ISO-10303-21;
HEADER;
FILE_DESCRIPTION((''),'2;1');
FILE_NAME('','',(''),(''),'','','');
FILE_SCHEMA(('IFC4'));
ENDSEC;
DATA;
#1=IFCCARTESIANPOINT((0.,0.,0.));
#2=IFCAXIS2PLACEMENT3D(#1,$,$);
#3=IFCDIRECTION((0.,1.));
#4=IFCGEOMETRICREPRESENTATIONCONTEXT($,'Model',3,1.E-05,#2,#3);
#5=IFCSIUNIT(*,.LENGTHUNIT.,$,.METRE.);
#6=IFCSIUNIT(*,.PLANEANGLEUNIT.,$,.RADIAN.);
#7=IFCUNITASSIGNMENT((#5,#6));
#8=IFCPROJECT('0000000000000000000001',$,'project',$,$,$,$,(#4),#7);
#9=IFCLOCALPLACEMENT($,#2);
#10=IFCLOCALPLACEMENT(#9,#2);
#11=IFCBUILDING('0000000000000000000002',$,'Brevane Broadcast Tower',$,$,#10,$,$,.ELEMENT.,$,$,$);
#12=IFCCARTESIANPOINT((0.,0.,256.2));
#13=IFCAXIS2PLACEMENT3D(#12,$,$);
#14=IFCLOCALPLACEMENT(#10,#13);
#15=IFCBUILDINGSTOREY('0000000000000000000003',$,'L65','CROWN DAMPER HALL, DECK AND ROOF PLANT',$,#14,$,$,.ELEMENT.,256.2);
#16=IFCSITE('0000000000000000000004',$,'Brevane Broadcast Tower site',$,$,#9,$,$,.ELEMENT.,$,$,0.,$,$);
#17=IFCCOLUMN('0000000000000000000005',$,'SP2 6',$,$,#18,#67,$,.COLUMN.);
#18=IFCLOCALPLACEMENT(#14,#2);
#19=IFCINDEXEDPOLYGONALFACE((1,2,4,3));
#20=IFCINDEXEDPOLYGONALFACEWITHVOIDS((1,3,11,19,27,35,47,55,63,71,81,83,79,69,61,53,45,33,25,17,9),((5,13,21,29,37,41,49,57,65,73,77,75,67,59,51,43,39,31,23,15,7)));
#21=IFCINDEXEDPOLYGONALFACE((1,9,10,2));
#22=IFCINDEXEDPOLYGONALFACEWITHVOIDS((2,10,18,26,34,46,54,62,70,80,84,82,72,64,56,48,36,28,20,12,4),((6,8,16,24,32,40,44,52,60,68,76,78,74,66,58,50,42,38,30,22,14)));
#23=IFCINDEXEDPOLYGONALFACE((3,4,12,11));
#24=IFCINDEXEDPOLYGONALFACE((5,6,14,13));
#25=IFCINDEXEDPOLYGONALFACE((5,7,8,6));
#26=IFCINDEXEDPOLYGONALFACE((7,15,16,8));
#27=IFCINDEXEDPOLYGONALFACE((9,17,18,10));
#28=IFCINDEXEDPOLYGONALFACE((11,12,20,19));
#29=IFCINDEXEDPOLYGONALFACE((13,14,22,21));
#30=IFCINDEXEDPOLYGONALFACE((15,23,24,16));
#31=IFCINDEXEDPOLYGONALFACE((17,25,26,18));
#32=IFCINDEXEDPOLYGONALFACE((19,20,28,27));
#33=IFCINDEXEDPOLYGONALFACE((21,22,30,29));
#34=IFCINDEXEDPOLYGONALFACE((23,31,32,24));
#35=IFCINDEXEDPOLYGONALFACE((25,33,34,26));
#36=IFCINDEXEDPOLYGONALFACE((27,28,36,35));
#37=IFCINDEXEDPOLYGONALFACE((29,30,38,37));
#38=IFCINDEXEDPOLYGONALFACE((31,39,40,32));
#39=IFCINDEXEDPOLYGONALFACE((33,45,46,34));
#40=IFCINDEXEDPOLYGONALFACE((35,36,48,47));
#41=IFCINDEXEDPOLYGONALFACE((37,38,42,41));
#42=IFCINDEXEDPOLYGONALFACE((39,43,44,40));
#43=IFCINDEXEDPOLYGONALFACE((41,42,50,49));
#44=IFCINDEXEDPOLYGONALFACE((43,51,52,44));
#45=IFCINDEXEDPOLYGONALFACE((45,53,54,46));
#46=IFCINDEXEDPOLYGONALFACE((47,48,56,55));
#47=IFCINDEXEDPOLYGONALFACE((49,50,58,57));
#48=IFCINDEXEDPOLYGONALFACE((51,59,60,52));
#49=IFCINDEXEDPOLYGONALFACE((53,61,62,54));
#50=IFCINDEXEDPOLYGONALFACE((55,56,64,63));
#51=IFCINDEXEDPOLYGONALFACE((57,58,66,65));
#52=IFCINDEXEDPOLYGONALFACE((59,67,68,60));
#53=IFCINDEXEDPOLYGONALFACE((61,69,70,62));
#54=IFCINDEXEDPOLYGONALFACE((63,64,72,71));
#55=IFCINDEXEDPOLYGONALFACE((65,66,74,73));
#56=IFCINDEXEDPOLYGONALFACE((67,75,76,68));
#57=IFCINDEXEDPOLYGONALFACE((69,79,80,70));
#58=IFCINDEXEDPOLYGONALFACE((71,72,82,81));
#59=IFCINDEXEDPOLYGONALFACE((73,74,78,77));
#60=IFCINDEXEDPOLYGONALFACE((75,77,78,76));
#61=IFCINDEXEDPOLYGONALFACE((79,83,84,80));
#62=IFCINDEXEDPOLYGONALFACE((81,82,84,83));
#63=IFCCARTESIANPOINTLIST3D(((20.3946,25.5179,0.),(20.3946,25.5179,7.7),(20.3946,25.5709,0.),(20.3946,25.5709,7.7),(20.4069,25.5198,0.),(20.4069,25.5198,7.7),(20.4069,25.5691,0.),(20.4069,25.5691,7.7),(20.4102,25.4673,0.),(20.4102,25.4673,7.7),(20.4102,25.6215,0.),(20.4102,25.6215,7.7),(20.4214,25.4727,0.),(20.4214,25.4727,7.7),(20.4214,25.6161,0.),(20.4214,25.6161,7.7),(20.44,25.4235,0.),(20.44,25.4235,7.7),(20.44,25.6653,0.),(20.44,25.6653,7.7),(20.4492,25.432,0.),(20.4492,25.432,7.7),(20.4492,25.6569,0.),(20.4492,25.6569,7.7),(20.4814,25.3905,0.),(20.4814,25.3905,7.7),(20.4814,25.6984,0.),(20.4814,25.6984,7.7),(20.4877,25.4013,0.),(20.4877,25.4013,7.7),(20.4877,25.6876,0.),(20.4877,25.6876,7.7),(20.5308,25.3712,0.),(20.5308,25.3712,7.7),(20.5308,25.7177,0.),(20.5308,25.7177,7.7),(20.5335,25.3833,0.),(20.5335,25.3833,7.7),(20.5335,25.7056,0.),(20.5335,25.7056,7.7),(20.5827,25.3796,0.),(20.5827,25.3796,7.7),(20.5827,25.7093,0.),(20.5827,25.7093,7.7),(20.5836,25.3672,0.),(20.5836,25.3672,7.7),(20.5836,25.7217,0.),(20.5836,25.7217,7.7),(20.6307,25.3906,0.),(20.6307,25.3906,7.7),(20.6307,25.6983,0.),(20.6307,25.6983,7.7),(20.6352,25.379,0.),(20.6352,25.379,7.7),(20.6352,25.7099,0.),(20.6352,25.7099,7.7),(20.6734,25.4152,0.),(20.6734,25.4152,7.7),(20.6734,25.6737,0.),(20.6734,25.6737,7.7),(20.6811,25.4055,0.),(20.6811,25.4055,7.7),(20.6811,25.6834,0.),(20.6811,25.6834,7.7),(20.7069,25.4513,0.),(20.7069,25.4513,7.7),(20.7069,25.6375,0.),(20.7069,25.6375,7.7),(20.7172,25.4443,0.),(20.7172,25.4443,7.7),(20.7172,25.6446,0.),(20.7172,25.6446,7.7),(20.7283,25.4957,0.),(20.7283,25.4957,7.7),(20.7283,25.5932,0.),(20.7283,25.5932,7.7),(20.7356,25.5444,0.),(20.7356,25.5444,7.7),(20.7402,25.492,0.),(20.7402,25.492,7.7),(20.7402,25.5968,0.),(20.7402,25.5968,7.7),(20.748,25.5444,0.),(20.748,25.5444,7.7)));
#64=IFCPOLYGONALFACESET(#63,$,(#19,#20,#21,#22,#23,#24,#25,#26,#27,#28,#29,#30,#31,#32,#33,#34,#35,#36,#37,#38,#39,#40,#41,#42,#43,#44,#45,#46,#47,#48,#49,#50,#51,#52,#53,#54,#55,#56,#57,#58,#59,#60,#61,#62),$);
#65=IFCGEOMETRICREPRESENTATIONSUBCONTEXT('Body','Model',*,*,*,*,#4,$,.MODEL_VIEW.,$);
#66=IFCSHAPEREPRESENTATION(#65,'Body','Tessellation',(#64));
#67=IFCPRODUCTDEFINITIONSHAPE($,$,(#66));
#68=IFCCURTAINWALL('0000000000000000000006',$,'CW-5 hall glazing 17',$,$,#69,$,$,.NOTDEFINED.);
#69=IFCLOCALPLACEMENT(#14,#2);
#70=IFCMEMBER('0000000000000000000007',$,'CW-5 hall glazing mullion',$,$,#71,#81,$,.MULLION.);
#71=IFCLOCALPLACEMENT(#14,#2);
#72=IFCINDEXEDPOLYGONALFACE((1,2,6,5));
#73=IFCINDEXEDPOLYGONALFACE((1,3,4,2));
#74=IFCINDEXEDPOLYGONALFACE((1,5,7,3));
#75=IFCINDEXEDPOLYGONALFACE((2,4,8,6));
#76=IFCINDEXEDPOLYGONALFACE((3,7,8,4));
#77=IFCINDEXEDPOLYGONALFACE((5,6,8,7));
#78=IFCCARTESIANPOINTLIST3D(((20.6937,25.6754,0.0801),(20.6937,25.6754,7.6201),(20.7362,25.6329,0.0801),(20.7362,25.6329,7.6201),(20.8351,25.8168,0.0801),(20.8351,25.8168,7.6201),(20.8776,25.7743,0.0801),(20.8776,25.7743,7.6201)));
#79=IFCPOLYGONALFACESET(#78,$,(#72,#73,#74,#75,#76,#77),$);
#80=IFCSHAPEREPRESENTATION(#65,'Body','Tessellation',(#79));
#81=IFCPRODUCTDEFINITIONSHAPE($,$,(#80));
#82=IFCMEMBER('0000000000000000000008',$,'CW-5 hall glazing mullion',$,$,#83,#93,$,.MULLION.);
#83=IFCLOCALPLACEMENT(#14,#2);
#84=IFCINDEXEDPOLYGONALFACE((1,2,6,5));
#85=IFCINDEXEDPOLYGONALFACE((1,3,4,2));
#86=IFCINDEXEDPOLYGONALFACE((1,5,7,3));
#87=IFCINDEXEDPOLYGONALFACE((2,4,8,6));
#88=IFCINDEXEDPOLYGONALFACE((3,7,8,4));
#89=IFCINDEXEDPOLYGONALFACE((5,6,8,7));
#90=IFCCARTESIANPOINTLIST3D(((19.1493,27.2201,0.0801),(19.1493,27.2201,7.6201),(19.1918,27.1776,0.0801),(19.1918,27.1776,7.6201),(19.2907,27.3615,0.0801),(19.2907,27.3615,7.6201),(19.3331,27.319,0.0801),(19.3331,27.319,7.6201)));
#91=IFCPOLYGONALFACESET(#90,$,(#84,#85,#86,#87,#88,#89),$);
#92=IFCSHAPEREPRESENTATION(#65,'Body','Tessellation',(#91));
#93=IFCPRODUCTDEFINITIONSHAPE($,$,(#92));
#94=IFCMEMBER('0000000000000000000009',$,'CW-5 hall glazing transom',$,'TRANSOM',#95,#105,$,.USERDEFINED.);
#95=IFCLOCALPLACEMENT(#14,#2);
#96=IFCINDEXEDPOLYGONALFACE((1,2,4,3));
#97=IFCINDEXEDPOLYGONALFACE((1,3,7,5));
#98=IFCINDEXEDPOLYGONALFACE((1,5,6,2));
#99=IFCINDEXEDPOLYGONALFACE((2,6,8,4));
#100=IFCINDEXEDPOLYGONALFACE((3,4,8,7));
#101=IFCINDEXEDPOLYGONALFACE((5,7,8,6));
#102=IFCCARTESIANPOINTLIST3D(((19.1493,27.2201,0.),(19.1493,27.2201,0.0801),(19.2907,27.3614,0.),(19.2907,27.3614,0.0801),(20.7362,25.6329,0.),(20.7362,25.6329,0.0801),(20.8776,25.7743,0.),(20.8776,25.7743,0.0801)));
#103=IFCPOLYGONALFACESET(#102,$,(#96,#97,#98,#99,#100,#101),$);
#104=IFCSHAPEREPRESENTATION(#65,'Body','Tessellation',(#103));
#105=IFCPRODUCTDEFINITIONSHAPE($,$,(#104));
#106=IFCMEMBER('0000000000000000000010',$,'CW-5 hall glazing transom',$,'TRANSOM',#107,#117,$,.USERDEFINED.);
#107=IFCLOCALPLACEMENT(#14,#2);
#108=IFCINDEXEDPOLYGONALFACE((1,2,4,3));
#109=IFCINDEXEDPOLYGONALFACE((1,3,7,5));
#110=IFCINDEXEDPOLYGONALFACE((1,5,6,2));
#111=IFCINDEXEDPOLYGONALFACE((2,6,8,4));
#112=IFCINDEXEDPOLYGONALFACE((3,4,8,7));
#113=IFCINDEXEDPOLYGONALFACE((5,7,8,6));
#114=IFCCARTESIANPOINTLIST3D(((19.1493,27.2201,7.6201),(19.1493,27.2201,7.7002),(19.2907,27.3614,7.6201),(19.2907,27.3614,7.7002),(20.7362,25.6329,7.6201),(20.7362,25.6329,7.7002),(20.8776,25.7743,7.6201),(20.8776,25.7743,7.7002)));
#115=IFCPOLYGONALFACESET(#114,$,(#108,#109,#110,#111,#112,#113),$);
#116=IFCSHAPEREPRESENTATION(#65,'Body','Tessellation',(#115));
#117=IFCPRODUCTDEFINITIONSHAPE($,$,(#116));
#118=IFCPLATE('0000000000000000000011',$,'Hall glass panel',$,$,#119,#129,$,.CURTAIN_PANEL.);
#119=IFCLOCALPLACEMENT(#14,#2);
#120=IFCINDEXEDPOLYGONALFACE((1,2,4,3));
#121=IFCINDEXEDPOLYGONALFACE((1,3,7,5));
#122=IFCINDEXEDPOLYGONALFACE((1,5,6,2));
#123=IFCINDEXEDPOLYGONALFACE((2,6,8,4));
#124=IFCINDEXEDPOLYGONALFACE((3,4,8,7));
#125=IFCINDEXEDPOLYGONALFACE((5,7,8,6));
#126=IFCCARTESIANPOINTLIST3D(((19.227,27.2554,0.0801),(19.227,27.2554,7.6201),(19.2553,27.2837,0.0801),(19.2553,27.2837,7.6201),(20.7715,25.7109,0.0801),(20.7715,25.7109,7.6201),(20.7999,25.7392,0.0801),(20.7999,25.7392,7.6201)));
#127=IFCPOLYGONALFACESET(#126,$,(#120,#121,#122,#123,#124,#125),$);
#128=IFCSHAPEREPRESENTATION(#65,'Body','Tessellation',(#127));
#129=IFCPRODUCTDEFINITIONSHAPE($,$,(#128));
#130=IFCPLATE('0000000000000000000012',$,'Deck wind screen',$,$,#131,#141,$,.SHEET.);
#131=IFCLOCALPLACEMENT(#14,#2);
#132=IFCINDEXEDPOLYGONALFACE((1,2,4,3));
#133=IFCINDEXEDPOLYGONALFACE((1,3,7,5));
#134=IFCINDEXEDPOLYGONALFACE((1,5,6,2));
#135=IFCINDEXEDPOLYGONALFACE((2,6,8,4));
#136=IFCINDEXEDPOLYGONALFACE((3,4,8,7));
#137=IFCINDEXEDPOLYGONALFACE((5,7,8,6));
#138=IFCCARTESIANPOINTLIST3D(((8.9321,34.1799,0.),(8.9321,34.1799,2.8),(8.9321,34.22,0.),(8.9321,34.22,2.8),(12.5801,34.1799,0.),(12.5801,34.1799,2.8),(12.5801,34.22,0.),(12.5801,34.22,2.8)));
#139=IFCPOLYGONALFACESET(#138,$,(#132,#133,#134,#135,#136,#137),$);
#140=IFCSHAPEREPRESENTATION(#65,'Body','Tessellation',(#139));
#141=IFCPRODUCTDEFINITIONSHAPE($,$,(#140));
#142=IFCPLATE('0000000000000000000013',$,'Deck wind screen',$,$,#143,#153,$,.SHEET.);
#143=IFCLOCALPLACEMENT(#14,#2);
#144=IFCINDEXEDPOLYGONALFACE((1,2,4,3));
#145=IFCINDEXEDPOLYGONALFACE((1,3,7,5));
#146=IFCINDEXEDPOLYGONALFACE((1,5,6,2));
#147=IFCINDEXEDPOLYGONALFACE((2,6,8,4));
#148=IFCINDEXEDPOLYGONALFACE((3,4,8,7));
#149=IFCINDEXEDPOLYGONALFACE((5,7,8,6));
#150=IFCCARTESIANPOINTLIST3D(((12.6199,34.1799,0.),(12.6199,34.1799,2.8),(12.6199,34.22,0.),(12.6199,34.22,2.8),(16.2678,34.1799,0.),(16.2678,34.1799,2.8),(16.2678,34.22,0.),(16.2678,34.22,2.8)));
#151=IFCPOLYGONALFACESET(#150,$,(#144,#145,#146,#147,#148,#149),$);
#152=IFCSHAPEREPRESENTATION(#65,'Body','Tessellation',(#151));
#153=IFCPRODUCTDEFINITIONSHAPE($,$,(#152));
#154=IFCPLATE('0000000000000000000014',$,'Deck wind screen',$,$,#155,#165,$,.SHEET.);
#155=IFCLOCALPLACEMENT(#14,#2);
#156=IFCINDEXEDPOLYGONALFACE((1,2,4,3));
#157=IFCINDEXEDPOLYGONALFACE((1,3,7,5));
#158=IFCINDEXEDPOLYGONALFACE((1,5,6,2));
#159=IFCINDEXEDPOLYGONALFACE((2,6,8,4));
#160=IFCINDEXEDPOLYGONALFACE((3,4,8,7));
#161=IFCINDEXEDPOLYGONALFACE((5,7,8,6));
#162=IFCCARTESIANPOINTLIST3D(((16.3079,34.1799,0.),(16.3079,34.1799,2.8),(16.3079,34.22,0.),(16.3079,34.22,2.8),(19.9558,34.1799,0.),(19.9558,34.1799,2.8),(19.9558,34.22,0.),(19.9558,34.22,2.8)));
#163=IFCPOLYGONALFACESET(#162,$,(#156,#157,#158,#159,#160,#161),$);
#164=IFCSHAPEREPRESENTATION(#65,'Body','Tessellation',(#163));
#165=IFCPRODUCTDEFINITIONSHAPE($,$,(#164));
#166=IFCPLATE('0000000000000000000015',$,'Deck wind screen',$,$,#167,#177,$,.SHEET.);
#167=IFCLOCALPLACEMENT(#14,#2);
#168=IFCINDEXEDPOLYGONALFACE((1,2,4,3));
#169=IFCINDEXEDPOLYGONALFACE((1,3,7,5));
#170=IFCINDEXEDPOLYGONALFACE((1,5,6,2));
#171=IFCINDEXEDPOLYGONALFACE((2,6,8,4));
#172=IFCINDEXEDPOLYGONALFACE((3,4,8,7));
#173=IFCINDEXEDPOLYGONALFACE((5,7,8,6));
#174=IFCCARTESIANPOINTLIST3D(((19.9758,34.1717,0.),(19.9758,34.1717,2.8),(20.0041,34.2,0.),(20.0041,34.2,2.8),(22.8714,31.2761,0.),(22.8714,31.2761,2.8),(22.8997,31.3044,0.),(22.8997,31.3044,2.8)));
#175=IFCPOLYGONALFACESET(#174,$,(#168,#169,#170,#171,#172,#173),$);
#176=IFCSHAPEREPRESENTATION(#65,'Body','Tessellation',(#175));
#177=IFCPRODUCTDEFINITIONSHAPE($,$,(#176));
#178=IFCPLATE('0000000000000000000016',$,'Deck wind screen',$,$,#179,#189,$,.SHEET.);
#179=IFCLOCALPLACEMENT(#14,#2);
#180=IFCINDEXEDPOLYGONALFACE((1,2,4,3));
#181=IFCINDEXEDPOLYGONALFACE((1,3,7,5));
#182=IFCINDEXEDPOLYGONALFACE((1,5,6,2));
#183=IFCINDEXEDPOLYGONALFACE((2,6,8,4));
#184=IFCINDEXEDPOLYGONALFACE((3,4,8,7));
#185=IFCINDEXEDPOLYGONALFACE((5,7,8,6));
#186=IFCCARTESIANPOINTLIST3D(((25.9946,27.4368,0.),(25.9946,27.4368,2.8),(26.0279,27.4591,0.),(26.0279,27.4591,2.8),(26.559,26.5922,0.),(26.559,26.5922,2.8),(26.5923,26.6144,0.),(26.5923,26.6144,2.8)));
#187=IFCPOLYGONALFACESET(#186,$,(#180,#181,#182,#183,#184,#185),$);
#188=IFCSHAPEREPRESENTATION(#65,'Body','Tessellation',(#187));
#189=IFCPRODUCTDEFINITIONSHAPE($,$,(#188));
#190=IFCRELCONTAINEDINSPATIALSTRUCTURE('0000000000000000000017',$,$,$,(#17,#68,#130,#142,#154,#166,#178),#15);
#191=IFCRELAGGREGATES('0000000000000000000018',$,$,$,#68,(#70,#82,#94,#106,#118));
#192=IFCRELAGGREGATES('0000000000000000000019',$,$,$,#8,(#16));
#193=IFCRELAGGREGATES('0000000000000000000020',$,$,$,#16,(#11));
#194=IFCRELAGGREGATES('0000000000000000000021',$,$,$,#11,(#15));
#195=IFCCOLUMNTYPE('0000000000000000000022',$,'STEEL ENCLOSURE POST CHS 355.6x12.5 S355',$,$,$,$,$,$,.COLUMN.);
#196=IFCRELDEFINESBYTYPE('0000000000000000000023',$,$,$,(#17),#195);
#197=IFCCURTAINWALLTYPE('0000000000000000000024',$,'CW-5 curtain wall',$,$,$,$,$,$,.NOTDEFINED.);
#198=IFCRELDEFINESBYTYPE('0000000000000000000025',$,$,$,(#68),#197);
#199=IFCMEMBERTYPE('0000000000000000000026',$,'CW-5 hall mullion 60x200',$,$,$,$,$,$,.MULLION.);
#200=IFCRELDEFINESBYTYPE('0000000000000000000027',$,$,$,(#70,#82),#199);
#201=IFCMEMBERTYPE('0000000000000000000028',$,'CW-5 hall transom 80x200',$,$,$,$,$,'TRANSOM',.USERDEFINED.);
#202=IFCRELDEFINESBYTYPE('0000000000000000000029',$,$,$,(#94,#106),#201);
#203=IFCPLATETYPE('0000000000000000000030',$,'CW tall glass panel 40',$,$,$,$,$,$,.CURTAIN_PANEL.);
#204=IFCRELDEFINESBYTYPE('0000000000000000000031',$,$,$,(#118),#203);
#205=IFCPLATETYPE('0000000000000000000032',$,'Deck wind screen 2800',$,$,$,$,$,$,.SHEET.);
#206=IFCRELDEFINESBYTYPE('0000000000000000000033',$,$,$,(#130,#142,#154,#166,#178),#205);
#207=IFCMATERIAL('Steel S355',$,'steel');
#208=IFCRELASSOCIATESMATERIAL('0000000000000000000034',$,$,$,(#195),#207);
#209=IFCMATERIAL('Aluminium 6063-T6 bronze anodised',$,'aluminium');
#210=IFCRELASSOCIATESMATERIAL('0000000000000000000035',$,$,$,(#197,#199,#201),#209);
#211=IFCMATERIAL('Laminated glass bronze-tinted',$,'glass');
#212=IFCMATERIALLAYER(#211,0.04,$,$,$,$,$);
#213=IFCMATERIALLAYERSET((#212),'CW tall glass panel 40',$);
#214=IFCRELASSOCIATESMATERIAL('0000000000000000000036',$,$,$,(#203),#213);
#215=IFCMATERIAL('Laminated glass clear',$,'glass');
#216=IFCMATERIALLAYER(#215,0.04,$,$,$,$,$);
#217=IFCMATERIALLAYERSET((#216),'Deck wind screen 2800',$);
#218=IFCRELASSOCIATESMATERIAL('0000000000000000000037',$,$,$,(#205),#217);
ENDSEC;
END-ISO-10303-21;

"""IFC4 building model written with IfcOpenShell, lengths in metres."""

from ifc_helpers import new_model, si_unit, direction, frame, origin, origin_2d, place, context, subcontext, project, spatial, rectangle, hollow_circle, extrude, material, layer, layer_set, material_profile, profile_set, type_object, element, aggregate, save


model = new_model("IFC4")

# Units and contexts
model_context = context("Model", 3, precision=1e-05, world=origin(), true_north=direction((0.0, 1.0)))
body_context = subcontext(model_context, "Body", "Model", "MODEL_VIEW")
ifc_project = project(units=[si_unit("LENGTHUNIT", "METRE"), si_unit("PLANEANGLEUNIT", "RADIAN")], contexts=[model_context])

# Site, building, storey
site_placement = place(None, origin())
site = spatial("IfcSite", under=ifc_project, at=site_placement, Name="Brevane Broadcast Tower site", CompositionType="ELEMENT", RefElevation=0.0)
building_placement = place(site_placement, origin())
building = spatial("IfcBuilding", under=site, at=building_placement, Name="Brevane Broadcast Tower", CompositionType="ELEMENT")
storey_placement = place(building_placement, frame((0.0, 0.0, 256.2)))
storey = spatial("IfcBuildingStorey", under=building, at=storey_placement, Name="L65", Description="CROWN DAMPER HALL, DECK AND ROOF PLANT", CompositionType="ELEMENT", Elevation=256.2)

# Column
ifc_material_1 = material(Name="Steel S355", Category="steel")
ifc_material_profile_1 = material_profile(ifc_material_1, hollow_circle(Radius=0.1777, WallThickness=0.0125, at=origin_2d()), Name="CHS 355.6x12.5")
ifc_profile_set_1 = profile_set([ifc_material_profile_1], Name="Steel S355")
column_type = type_object("IfcColumnType", Name="STEEL ENCLOSURE POST CHS 355.6x12.5 S355", PredefinedType="COLUMN", material=ifc_profile_set_1)
for number, where, z_axis, x_axis, name in (
    (1, (20.5703, 25.5444, 0.0), (0.0, 0.0, 1.0), (1.0, 0.0, 0.0), "SP2 6"),
):
    element("IfcColumn", number, at=place(storey_placement, frame(where, z_axis=z_axis, x_axis=x_axis)), inside=storey, type_object=column_type, Name=name, PredefinedType="COLUMN", context=body_context, shape_type="SweptSolid", body=[
        extrude(hollow_circle(Radius=0.1777, WallThickness=0.0125, at=origin_2d()), origin(), (0.0, 0.0, 1.0), 7.7),
    ])

# Curtain wall, members, plate
ifc_material_2 = material(Name="Aluminium 6063-T6 bronze anodised", Category="aluminium")
curtain_wall_type = type_object("IfcCurtainWallType", Name="CW-5 curtain wall", PredefinedType="NOTDEFINED", material=ifc_material_2)
curtain_wall_placement = place(storey_placement, origin())
curtain_wall = element("IfcCurtainWall", 2, at=curtain_wall_placement, inside=storey, type_object=curtain_wall_type, Name="CW-5 hall glazing 17", PredefinedType="NOTDEFINED")
ifc_material_profile_2 = material_profile(ifc_material_2, rectangle(XDim=0.2, YDim=0.0601, at=origin_2d()), Name="RECT 60x200")
ifc_profile_set_2 = profile_set([ifc_material_profile_2], Name="Aluminium 6063-T6 bronze anodised")
member_type_1 = type_object("IfcMemberType", Name="CW-5 hall mullion 60x200", PredefinedType="MULLION", material=ifc_profile_set_2)
member_1_placement = place(storey_placement, frame((20.7856, 25.7249, 0.0801), z_axis=(0.0, 0.0, 1.0), x_axis=(-0.707107, -0.707107, 0.0)))
member_1 = element("IfcMember", 3, at=member_1_placement, type_object=member_type_1, Name="CW-5 hall glazing mullion", PredefinedType="MULLION", context=body_context, shape_type="SweptSolid", body=[
    extrude(rectangle(XDim=0.2, YDim=0.0601, at=origin_2d()), origin(), (0.0, 0.0, 1.0), 7.54),
])
member_2_placement = place(storey_placement, frame((19.2412, 27.2695, 0.0801), z_axis=(0.0, 0.0, 1.0), x_axis=(-0.707107, -0.707107, 0.0)))
member_2 = element("IfcMember", 4, at=member_2_placement, type_object=member_type_1, Name="CW-5 hall glazing mullion", PredefinedType="MULLION", context=body_context, shape_type="SweptSolid", body=[
    extrude(rectangle(XDim=0.2, YDim=0.0601, at=origin_2d()), origin(), (0.0, 0.0, 1.0), 7.54),
])
ifc_material_profile_3 = material_profile(ifc_material_2, rectangle(XDim=0.2, YDim=0.0801, at=origin_2d()), Name="RECT 80x200")
ifc_profile_set_3 = profile_set([ifc_material_profile_3], Name="Aluminium 6063-T6 bronze anodised")
member_type_2 = type_object("IfcMemberType", Name="CW-5 hall transom 80x200", ElementType="TRANSOM", PredefinedType="USERDEFINED", material=ifc_profile_set_3)
member_3_placement = place(storey_placement, frame((20.8069, 25.7036, 0.04), z_axis=(-0.707052, 0.707161, 0.0), x_axis=(-0.707161, -0.707052, 0.0)))
member_3 = element("IfcMember", 5, at=member_3_placement, type_object=member_type_2, Name="CW-5 hall glazing transom", ObjectType="TRANSOM", PredefinedType="USERDEFINED", context=body_context, shape_type="SweptSolid", body=[
    extrude(rectangle(XDim=0.2, YDim=0.0801, at=origin_2d()), origin(), (0.0, 0.0, 1.0), 2.2444),
])
member_4_placement = place(storey_placement, frame((20.8069, 25.7036, 7.6602), z_axis=(-0.707052, 0.707161, 0.0), x_axis=(-0.707161, -0.707052, 0.0)))
member_4 = element("IfcMember", 6, at=member_4_placement, type_object=member_type_2, Name="CW-5 hall glazing transom", ObjectType="TRANSOM", PredefinedType="USERDEFINED", context=body_context, shape_type="SweptSolid", body=[
    extrude(rectangle(XDim=0.2, YDim=0.0801, at=origin_2d()), origin(), (0.0, 0.0, 1.0), 2.2444),
])
ifc_material_3 = material(Name="Laminated glass bronze-tinted", Category="glass")
ifc_layer_1 = layer(ifc_material_3, 0.04)
ifc_layer_set_1 = layer_set([ifc_layer_1], Name="CW tall glass panel 40")
plate_type_1 = type_object("IfcPlateType", Name="CW tall glass panel 40", PredefinedType="CURTAIN_PANEL", material=ifc_layer_set_1)
plate_1_placement = place(storey_placement, frame((20.0134, 26.4973, 0.0801), z_axis=(0.0, 0.0, 1.0), x_axis=(-0.707107, 0.707107, 0.0)))
plate_1 = element("IfcPlate", 7, at=plate_1_placement, type_object=plate_type_1, Name="Hall glass panel", PredefinedType="CURTAIN_PANEL", context=body_context, shape_type="SweptSolid", body=[
    extrude(rectangle(XDim=2.1843, YDim=0.04, at=origin_2d()), origin(), (0.0, 0.0, 1.0), 7.54),
])
aggregate(curtain_wall, [member_1, member_2, member_3, member_4, plate_1])

# Plates
ifc_material_4 = material(Name="Laminated glass clear", Category="glass")
ifc_layer_2 = layer(ifc_material_4, 0.04)
ifc_layer_set_2 = layer_set([ifc_layer_2], Name="Deck wind screen 2800")
plate_type_2 = type_object("IfcPlateType", Name="Deck wind screen 2800", PredefinedType="SHEET", material=ifc_layer_set_2)
for number, where, z_axis, x_axis, name in (
    (8, (10.7561, 34.2, 0.0), (0.0, 0.0, 1.0), (1.0, 0.0, 0.0), "Deck wind screen"),
    (9, (14.4438, 34.2, 0.0), (0.0, 0.0, 1.0), (1.0, 0.0, 0.0), "Deck wind screen"),
    (10, (18.1318, 34.2, 0.0), (0.0, 0.0, 1.0), (1.0, 0.0, 0.0), "Deck wind screen"),
):
    element("IfcPlate", number, at=place(storey_placement, frame(where, z_axis=z_axis, x_axis=x_axis)), inside=storey, type_object=plate_type_2, Name=name, PredefinedType="SHEET", context=body_context, shape_type="SweptSolid", body=[
        extrude(rectangle(XDim=3.6479, YDim=0.04, at=origin_2d()), origin(), (0.0, 0.0, 1.0), 2.8),
    ])
plate_2_placement = place(storey_placement, frame((21.4377, 32.738, 0.0), z_axis=(0.0, 0.0, 1.0), x_axis=(0.707107, -0.707107, 0.0)))
element("IfcPlate", 11, at=plate_2_placement, inside=storey, type_object=plate_type_2, Name="Deck wind screen", PredefinedType="SHEET", context=body_context, shape_type="SweptSolid", body=[
    extrude(rectangle(XDim=4.095, YDim=0.04, at=origin_2d()), origin(), (0.0, 0.0, 1.0), 2.8),
])
for number, where, z_axis, x_axis, name in (
    (12, (26.2935, 27.0256, 0.0), (0.0, 0.0, 1.0), (0.555571, -0.831469, 0.0), "Deck wind screen"),
):
    element("IfcPlate", number, at=place(storey_placement, frame(where, z_axis=z_axis, x_axis=x_axis)), inside=storey, type_object=plate_type_2, Name=name, PredefinedType="SHEET", context=body_context, shape_type="SweptSolid", body=[
        extrude(rectangle(XDim=1.0159, YDim=0.04, at=origin_2d()), origin(), (0.0, 0.0, 1.0), 2.8),
    ])

save(model, "model.ifc")
